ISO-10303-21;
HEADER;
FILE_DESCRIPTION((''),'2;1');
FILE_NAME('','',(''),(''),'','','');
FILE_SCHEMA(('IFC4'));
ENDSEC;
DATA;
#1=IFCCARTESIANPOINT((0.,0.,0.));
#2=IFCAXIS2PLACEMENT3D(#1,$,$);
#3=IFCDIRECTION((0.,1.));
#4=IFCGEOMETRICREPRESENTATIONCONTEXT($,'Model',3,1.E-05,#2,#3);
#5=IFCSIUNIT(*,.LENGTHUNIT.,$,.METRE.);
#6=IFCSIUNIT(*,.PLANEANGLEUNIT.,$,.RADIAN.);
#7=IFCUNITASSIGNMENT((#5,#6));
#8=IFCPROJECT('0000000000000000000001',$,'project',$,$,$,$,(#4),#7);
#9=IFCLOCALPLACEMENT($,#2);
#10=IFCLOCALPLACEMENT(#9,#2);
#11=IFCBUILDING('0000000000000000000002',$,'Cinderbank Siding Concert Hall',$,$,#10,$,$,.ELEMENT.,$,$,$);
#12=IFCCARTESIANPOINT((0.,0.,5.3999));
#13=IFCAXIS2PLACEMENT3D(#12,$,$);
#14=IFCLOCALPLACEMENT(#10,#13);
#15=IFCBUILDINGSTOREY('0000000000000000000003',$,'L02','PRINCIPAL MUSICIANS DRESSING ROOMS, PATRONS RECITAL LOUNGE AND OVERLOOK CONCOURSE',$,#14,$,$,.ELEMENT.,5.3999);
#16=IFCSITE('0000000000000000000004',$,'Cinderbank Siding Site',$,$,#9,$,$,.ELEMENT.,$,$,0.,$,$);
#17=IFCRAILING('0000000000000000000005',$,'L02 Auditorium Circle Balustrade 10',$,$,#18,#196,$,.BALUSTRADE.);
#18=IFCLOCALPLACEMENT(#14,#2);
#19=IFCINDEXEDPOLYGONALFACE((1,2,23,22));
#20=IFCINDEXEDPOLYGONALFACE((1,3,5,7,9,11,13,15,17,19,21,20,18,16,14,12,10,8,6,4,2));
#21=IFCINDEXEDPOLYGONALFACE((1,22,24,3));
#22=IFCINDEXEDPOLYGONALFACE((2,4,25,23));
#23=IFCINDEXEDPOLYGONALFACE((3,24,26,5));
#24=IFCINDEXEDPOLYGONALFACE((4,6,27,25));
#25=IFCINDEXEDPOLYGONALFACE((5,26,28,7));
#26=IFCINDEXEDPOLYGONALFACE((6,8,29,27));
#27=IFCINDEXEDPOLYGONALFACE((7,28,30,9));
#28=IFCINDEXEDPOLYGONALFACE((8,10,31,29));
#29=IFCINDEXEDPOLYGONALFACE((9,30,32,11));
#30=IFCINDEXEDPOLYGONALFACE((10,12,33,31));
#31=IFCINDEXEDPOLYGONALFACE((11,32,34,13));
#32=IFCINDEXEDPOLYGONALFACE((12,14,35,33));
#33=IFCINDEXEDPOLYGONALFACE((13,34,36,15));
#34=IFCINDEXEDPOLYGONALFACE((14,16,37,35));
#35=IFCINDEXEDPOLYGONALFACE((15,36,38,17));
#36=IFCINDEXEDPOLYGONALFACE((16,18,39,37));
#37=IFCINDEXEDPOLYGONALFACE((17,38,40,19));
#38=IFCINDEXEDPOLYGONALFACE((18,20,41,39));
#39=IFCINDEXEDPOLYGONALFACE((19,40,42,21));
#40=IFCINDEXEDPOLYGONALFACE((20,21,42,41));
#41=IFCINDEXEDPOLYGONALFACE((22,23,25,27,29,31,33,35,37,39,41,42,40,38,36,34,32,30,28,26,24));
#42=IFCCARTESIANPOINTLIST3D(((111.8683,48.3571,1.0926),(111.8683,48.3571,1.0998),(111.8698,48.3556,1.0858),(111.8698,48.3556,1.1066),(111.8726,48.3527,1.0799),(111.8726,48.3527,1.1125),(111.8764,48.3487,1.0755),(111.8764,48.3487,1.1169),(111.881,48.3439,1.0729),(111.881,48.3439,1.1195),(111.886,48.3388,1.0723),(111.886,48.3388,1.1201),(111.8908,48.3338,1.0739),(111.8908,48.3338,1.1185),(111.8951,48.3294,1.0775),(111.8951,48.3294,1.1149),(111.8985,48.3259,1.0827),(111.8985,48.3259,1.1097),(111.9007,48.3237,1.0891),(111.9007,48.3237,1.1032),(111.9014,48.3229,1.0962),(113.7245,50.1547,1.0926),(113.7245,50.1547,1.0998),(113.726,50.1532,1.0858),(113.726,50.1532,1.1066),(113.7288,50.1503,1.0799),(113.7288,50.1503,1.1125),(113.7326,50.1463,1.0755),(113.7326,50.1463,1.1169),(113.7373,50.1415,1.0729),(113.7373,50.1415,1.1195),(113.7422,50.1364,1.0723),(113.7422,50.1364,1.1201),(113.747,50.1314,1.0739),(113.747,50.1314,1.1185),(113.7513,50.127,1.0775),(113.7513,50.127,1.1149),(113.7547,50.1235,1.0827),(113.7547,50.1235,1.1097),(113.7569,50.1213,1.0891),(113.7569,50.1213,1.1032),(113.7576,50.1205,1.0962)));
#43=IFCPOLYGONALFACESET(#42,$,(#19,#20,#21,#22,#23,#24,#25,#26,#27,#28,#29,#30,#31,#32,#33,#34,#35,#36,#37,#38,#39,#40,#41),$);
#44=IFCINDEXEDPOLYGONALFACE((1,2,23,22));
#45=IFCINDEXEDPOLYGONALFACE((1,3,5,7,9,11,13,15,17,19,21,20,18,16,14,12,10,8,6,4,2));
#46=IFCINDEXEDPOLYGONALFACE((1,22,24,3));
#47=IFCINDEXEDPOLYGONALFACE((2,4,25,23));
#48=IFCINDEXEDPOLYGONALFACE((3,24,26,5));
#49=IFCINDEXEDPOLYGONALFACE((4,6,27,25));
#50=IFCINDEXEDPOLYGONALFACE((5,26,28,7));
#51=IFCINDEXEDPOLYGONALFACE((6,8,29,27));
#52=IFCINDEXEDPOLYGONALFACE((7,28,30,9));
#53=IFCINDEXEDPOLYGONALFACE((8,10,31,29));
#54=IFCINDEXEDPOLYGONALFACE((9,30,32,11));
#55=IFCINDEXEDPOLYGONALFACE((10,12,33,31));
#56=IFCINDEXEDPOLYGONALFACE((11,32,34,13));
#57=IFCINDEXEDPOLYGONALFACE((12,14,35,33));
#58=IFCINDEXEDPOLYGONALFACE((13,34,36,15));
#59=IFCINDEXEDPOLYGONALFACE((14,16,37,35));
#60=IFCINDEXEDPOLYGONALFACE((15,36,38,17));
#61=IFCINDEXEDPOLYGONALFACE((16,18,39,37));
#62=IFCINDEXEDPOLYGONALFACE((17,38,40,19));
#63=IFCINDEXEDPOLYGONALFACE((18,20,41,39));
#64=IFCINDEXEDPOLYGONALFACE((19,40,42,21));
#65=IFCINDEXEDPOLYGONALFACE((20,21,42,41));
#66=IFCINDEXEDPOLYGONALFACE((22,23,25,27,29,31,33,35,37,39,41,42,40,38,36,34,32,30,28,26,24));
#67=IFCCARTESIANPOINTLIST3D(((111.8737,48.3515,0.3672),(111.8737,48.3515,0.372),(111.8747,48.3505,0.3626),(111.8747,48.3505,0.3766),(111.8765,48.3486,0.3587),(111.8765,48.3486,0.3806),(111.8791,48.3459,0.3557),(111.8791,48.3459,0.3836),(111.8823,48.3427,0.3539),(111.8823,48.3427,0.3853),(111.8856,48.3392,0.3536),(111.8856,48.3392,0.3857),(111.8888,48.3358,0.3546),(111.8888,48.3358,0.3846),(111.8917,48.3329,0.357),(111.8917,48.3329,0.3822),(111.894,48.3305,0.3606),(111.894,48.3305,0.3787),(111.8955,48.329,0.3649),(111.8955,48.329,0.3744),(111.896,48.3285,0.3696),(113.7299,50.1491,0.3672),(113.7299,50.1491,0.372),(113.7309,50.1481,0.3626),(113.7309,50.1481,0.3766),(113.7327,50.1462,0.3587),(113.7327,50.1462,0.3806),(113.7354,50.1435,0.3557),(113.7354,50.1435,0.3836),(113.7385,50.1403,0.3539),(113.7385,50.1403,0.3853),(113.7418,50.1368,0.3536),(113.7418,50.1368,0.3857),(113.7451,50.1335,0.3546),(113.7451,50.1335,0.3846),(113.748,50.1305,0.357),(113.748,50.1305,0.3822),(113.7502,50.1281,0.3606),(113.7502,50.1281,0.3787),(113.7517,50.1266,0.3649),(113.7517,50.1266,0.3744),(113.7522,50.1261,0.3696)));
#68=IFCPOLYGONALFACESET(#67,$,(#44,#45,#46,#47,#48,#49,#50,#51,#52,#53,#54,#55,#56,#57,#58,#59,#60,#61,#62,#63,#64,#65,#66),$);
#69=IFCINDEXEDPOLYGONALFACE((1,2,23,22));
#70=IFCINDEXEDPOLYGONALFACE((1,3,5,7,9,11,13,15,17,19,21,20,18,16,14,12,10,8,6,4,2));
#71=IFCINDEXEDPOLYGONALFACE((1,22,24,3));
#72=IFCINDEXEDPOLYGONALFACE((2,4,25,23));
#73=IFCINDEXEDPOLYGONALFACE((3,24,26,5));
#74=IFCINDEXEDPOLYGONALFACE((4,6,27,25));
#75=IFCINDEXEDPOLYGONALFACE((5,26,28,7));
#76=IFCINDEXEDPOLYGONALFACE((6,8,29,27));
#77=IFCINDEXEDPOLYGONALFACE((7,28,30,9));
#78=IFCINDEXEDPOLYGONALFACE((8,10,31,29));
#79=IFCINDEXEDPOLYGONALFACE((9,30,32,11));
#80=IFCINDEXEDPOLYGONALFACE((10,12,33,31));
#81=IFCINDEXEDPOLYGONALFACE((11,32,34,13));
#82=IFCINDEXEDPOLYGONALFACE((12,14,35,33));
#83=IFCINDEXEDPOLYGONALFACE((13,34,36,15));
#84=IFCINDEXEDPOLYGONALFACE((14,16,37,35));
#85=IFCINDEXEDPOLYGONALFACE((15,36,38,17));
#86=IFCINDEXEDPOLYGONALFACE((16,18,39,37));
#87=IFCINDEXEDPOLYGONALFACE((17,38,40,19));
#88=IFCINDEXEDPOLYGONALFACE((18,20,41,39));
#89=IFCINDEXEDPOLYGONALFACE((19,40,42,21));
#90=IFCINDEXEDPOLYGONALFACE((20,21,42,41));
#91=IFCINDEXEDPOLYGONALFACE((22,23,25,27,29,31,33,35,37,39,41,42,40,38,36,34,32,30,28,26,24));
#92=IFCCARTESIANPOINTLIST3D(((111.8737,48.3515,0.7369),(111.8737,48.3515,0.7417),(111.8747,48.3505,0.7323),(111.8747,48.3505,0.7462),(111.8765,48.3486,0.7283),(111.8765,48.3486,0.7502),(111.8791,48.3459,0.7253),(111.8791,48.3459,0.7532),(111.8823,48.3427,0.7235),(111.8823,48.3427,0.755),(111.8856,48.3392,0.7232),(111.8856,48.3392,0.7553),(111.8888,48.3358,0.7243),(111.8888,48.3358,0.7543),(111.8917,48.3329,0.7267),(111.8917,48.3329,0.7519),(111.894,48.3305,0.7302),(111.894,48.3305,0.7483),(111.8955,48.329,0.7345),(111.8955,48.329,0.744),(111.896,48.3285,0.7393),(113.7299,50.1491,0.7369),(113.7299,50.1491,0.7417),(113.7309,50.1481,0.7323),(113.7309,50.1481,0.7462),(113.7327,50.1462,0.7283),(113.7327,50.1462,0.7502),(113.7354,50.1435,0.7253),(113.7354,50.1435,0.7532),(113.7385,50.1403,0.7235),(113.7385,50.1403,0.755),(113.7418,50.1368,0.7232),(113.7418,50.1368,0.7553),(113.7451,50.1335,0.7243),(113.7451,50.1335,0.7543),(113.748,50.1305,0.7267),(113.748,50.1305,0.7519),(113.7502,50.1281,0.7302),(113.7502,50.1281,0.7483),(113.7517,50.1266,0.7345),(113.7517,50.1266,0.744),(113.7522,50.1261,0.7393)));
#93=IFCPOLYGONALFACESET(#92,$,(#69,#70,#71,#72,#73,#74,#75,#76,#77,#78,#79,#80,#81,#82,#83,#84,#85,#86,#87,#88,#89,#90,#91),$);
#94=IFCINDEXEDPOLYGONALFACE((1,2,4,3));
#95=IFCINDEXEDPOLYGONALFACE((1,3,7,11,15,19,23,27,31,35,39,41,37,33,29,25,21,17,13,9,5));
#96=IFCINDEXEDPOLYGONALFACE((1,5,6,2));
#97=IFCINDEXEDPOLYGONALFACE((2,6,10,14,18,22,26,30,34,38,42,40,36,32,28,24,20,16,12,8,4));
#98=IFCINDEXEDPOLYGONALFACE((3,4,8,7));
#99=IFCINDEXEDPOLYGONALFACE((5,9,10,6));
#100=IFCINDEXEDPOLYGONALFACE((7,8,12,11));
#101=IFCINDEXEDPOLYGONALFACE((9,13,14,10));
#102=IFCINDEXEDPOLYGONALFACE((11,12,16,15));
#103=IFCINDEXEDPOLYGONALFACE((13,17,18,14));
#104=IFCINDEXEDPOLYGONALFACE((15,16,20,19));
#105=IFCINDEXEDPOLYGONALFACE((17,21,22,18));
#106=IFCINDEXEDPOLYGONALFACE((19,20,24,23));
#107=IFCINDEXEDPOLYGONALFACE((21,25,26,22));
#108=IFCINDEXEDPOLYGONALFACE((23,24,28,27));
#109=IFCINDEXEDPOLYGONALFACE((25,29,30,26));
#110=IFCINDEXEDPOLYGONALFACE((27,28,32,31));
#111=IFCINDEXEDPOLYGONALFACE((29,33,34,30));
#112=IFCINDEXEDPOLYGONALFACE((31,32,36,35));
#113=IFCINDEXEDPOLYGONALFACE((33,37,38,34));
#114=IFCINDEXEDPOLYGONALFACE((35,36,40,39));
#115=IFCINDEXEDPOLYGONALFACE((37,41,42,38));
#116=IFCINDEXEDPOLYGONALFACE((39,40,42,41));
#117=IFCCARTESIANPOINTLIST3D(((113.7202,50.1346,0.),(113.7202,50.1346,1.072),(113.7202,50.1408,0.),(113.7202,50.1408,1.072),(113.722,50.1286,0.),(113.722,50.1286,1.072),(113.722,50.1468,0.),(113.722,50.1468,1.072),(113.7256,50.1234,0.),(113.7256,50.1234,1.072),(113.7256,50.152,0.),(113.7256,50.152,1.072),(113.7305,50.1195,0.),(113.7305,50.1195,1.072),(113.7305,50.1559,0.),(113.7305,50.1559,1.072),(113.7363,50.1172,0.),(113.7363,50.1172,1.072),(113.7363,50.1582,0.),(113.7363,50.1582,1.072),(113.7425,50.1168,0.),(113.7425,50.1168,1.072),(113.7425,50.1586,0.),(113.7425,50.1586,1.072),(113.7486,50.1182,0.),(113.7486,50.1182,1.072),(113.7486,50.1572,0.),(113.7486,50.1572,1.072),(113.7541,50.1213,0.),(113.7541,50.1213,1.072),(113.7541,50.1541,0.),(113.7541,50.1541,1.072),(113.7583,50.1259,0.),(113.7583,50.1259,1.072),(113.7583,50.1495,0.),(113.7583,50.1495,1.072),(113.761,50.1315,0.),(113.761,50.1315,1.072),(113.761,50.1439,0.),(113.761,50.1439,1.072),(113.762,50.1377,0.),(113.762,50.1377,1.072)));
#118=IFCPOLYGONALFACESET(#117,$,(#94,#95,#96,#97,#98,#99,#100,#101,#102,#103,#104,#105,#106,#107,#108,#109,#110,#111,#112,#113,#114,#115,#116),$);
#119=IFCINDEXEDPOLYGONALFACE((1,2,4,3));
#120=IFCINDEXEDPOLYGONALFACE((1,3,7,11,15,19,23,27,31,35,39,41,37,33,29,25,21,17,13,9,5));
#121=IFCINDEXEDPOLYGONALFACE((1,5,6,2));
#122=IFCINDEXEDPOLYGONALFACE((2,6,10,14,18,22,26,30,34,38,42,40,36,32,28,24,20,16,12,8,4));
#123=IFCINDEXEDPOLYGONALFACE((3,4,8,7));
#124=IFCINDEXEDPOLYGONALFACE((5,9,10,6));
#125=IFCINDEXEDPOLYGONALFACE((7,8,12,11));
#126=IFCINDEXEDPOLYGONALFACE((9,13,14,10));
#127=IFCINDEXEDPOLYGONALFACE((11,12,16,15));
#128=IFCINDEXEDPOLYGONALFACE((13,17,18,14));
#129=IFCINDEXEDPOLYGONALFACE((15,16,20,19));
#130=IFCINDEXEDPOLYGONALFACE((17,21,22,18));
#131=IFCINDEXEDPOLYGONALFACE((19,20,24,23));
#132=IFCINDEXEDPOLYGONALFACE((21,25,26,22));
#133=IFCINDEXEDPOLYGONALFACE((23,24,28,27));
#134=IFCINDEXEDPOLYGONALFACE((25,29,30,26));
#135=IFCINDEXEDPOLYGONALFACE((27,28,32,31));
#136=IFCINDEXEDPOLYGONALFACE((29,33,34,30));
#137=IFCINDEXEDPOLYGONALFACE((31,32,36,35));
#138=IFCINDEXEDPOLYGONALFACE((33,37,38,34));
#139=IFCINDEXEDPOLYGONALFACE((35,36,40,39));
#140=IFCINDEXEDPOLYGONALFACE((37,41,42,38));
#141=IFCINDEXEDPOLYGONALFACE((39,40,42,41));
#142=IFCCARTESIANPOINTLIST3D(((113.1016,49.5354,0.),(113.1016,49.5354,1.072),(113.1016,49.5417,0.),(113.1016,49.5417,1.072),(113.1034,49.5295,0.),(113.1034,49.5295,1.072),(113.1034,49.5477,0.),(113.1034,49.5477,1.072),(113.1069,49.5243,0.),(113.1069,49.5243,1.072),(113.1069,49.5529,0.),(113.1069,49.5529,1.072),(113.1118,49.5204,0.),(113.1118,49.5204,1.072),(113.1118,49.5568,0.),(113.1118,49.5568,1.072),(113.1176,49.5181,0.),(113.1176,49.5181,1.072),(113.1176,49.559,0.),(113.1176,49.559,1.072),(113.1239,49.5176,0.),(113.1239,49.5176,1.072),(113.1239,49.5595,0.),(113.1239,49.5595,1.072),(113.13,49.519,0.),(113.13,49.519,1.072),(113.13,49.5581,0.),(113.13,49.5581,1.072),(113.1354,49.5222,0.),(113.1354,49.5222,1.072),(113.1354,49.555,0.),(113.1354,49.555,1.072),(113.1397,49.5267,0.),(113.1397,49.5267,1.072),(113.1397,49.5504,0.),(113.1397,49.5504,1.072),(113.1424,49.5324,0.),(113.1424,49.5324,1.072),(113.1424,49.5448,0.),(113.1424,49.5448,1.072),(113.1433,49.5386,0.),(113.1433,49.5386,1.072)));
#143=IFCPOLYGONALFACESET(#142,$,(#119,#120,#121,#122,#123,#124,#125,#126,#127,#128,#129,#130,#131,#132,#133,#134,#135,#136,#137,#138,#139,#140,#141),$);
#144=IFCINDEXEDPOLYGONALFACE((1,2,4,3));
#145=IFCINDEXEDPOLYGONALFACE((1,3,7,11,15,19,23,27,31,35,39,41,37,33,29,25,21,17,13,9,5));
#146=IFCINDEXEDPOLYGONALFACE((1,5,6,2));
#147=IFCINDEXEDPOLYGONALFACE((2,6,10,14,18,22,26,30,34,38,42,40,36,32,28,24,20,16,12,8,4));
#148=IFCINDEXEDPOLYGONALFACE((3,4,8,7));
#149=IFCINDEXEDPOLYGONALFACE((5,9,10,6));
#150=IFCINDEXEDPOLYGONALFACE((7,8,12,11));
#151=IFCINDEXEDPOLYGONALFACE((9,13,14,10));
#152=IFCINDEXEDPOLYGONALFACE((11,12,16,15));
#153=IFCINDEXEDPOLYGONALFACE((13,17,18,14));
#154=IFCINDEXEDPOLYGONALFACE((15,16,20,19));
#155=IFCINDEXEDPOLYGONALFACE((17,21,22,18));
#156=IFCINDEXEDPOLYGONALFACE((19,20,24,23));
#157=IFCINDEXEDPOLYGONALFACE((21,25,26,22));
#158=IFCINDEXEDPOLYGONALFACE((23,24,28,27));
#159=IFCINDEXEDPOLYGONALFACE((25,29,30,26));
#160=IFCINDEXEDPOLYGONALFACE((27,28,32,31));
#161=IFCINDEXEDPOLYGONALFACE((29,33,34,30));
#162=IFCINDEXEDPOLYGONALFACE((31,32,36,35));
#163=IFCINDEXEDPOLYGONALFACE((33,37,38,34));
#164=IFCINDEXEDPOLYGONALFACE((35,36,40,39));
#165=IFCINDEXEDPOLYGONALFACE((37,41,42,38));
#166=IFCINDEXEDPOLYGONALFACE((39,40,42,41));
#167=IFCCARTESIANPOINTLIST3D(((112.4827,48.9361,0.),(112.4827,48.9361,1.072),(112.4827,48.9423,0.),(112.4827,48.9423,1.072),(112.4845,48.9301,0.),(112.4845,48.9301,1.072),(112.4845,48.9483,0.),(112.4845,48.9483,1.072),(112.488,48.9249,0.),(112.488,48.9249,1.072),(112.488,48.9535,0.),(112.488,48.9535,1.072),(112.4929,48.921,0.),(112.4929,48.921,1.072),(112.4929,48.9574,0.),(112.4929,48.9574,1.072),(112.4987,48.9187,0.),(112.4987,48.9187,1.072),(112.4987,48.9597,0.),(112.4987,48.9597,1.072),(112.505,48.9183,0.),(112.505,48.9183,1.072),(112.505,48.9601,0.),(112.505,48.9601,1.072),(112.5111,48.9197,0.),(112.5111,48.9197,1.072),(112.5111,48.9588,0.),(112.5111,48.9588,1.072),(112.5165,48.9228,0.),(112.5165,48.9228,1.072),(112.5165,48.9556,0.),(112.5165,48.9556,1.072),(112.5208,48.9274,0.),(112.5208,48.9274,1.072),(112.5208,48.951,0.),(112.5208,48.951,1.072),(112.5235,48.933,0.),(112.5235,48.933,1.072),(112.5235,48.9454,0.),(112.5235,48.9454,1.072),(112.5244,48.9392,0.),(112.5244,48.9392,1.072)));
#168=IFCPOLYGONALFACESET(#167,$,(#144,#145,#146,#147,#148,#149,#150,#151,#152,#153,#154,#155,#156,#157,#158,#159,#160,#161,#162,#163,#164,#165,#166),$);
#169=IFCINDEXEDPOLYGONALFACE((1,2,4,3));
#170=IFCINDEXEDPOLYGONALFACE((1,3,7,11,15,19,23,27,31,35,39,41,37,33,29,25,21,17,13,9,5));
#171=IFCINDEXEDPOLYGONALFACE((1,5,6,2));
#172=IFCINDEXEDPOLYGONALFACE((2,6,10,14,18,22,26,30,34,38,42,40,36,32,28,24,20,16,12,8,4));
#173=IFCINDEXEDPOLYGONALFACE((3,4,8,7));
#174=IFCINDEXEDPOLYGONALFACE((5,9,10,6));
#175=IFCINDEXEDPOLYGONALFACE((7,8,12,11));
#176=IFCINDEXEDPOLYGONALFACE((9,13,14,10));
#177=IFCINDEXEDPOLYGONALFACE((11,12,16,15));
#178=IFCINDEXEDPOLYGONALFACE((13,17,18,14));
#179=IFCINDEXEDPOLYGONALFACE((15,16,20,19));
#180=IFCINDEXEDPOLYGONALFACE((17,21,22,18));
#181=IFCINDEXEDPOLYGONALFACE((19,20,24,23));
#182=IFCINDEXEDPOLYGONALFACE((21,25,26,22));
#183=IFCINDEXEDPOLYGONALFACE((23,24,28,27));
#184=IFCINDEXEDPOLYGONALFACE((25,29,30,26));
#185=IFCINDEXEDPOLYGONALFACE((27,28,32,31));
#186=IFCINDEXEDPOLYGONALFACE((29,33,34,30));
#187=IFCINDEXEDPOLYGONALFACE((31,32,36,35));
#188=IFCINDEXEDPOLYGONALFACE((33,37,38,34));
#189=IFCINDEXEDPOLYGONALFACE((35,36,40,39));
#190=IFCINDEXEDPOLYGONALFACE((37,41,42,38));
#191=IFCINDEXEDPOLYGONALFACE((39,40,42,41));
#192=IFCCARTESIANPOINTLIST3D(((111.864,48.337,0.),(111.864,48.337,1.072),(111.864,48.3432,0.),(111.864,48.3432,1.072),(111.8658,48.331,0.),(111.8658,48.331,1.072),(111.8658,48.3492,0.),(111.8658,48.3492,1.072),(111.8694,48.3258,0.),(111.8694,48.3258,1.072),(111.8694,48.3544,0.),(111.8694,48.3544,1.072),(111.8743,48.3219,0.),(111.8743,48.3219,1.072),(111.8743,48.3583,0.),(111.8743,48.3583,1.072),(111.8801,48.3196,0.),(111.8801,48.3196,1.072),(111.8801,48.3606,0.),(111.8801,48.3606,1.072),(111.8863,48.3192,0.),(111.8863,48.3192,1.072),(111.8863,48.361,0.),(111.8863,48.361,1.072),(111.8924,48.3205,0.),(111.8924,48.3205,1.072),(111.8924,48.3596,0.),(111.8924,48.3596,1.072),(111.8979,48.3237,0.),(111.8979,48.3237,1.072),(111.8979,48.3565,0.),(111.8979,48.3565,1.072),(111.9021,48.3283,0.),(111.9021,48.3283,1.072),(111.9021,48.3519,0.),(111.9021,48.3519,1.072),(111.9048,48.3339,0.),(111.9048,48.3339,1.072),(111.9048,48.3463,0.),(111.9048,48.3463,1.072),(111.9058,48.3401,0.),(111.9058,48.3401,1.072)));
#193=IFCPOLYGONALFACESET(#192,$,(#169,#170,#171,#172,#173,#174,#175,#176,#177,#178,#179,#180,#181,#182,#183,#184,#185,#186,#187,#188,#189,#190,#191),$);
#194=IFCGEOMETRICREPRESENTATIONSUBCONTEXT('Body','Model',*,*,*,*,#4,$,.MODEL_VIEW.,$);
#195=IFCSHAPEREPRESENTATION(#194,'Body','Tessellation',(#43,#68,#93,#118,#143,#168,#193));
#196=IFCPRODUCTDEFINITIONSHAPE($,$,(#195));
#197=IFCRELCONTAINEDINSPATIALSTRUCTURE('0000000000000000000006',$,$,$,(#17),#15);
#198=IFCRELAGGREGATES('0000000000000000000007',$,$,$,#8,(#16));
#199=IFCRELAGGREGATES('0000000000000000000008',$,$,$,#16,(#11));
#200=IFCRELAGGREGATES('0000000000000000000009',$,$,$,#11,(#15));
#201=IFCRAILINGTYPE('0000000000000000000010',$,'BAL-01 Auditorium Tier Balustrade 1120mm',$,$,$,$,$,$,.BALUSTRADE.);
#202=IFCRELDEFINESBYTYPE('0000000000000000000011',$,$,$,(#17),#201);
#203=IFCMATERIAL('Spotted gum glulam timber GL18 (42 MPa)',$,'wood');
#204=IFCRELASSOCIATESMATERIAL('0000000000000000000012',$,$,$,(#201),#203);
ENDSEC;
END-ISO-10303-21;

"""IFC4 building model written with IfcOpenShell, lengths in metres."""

from ifc_helpers import new_model, si_unit, direction, frame, origin, origin_2d, place, context, subcontext, project, spatial, circle, extrude, material, type_object, element, save


model = new_model("IFC4")

# Units and contexts
model_context = context("Model", 3, precision=1e-05, world=origin(), true_north=direction((0.0, 1.0)))
body_context = subcontext(model_context, "Body", "Model", "MODEL_VIEW")
ifc_project = project(units=[si_unit("LENGTHUNIT", "METRE"), si_unit("PLANEANGLEUNIT", "RADIAN")], contexts=[model_context])

# Site, building, storey
site_placement = place(None, origin())
site = spatial("IfcSite", under=ifc_project, at=site_placement, Name="Cinderbank Siding Site", CompositionType="ELEMENT", RefElevation=0.0)
building_placement = place(site_placement, origin())
building = spatial("IfcBuilding", under=site, at=building_placement, Name="Cinderbank Siding Concert Hall", CompositionType="ELEMENT")
storey_placement = place(building_placement, frame((0.0, 0.0, 5.3999)))
storey = spatial("IfcBuildingStorey", under=building, at=storey_placement, Name="L02", Description="PRINCIPAL MUSICIANS DRESSING ROOMS, PATRONS RECITAL LOUNGE AND OVERLOOK CONCOURSE", CompositionType="ELEMENT", Elevation=5.3999)

# Railing
ifc_material_1 = material(Name="Spotted gum glulam timber GL18 (42 MPa)", Category="wood")
railing_type = type_object("IfcRailingType", Name="BAL-01 Auditorium Tier Balustrade 1120mm", PredefinedType="BALUSTRADE", material=ifc_material_1)
railing_1_placement = place(storey_placement, frame((113.741, 50.1377, 0.0)))
element("IfcRailing", 1, at=railing_1_placement, inside=storey, type_object=railing_type, Name="L02 Auditorium Circle Balustrade 10", PredefinedType="BALUSTRADE", context=body_context, shape_type="SweptSolid", body=[
    extrude(circle(Radius=0.0239, at=origin_2d()), frame((0.0, 0.0, 1.0962), z_axis=(-0.718354, -0.695678, 0.0), x_axis=(0.695678, -0.718354, 0.0)), (0.0, 0.0, 1.0), 2.584),
    extrude(circle(Radius=0.0161, at=origin_2d()), frame((0.0, 0.0, 0.3696), z_axis=(-0.718354, -0.695678, 0.0), x_axis=(0.695678, -0.718354, 0.0)), (0.0, 0.0, 1.0), 2.584),
    extrude(circle(Radius=0.0161, at=origin_2d()), frame((0.0, 0.0, 0.7393), z_axis=(-0.718354, -0.695678, 0.0), x_axis=(0.695678, -0.718354, 0.0)), (0.0, 0.0, 1.0), 2.584),
    extrude(circle(Radius=0.021, at=origin_2d()), origin(), (0.0, 0.0, 1.0), 1.072),
    extrude(circle(Radius=0.021, at=origin_2d()), frame((-0.6187, -0.5991, 0.0)), (0.0, 0.0, 1.0), 1.072),
    extrude(circle(Radius=0.021, at=origin_2d()), frame((-1.2375, -1.1985, 0.0)), (0.0, 0.0, 1.0), 1.072),
    extrude(circle(Radius=0.021, at=origin_2d()), frame((-1.8562, -1.7976, 0.0)), (0.0, 0.0, 1.0), 1.072),
])

save(model, "model.ifc")
